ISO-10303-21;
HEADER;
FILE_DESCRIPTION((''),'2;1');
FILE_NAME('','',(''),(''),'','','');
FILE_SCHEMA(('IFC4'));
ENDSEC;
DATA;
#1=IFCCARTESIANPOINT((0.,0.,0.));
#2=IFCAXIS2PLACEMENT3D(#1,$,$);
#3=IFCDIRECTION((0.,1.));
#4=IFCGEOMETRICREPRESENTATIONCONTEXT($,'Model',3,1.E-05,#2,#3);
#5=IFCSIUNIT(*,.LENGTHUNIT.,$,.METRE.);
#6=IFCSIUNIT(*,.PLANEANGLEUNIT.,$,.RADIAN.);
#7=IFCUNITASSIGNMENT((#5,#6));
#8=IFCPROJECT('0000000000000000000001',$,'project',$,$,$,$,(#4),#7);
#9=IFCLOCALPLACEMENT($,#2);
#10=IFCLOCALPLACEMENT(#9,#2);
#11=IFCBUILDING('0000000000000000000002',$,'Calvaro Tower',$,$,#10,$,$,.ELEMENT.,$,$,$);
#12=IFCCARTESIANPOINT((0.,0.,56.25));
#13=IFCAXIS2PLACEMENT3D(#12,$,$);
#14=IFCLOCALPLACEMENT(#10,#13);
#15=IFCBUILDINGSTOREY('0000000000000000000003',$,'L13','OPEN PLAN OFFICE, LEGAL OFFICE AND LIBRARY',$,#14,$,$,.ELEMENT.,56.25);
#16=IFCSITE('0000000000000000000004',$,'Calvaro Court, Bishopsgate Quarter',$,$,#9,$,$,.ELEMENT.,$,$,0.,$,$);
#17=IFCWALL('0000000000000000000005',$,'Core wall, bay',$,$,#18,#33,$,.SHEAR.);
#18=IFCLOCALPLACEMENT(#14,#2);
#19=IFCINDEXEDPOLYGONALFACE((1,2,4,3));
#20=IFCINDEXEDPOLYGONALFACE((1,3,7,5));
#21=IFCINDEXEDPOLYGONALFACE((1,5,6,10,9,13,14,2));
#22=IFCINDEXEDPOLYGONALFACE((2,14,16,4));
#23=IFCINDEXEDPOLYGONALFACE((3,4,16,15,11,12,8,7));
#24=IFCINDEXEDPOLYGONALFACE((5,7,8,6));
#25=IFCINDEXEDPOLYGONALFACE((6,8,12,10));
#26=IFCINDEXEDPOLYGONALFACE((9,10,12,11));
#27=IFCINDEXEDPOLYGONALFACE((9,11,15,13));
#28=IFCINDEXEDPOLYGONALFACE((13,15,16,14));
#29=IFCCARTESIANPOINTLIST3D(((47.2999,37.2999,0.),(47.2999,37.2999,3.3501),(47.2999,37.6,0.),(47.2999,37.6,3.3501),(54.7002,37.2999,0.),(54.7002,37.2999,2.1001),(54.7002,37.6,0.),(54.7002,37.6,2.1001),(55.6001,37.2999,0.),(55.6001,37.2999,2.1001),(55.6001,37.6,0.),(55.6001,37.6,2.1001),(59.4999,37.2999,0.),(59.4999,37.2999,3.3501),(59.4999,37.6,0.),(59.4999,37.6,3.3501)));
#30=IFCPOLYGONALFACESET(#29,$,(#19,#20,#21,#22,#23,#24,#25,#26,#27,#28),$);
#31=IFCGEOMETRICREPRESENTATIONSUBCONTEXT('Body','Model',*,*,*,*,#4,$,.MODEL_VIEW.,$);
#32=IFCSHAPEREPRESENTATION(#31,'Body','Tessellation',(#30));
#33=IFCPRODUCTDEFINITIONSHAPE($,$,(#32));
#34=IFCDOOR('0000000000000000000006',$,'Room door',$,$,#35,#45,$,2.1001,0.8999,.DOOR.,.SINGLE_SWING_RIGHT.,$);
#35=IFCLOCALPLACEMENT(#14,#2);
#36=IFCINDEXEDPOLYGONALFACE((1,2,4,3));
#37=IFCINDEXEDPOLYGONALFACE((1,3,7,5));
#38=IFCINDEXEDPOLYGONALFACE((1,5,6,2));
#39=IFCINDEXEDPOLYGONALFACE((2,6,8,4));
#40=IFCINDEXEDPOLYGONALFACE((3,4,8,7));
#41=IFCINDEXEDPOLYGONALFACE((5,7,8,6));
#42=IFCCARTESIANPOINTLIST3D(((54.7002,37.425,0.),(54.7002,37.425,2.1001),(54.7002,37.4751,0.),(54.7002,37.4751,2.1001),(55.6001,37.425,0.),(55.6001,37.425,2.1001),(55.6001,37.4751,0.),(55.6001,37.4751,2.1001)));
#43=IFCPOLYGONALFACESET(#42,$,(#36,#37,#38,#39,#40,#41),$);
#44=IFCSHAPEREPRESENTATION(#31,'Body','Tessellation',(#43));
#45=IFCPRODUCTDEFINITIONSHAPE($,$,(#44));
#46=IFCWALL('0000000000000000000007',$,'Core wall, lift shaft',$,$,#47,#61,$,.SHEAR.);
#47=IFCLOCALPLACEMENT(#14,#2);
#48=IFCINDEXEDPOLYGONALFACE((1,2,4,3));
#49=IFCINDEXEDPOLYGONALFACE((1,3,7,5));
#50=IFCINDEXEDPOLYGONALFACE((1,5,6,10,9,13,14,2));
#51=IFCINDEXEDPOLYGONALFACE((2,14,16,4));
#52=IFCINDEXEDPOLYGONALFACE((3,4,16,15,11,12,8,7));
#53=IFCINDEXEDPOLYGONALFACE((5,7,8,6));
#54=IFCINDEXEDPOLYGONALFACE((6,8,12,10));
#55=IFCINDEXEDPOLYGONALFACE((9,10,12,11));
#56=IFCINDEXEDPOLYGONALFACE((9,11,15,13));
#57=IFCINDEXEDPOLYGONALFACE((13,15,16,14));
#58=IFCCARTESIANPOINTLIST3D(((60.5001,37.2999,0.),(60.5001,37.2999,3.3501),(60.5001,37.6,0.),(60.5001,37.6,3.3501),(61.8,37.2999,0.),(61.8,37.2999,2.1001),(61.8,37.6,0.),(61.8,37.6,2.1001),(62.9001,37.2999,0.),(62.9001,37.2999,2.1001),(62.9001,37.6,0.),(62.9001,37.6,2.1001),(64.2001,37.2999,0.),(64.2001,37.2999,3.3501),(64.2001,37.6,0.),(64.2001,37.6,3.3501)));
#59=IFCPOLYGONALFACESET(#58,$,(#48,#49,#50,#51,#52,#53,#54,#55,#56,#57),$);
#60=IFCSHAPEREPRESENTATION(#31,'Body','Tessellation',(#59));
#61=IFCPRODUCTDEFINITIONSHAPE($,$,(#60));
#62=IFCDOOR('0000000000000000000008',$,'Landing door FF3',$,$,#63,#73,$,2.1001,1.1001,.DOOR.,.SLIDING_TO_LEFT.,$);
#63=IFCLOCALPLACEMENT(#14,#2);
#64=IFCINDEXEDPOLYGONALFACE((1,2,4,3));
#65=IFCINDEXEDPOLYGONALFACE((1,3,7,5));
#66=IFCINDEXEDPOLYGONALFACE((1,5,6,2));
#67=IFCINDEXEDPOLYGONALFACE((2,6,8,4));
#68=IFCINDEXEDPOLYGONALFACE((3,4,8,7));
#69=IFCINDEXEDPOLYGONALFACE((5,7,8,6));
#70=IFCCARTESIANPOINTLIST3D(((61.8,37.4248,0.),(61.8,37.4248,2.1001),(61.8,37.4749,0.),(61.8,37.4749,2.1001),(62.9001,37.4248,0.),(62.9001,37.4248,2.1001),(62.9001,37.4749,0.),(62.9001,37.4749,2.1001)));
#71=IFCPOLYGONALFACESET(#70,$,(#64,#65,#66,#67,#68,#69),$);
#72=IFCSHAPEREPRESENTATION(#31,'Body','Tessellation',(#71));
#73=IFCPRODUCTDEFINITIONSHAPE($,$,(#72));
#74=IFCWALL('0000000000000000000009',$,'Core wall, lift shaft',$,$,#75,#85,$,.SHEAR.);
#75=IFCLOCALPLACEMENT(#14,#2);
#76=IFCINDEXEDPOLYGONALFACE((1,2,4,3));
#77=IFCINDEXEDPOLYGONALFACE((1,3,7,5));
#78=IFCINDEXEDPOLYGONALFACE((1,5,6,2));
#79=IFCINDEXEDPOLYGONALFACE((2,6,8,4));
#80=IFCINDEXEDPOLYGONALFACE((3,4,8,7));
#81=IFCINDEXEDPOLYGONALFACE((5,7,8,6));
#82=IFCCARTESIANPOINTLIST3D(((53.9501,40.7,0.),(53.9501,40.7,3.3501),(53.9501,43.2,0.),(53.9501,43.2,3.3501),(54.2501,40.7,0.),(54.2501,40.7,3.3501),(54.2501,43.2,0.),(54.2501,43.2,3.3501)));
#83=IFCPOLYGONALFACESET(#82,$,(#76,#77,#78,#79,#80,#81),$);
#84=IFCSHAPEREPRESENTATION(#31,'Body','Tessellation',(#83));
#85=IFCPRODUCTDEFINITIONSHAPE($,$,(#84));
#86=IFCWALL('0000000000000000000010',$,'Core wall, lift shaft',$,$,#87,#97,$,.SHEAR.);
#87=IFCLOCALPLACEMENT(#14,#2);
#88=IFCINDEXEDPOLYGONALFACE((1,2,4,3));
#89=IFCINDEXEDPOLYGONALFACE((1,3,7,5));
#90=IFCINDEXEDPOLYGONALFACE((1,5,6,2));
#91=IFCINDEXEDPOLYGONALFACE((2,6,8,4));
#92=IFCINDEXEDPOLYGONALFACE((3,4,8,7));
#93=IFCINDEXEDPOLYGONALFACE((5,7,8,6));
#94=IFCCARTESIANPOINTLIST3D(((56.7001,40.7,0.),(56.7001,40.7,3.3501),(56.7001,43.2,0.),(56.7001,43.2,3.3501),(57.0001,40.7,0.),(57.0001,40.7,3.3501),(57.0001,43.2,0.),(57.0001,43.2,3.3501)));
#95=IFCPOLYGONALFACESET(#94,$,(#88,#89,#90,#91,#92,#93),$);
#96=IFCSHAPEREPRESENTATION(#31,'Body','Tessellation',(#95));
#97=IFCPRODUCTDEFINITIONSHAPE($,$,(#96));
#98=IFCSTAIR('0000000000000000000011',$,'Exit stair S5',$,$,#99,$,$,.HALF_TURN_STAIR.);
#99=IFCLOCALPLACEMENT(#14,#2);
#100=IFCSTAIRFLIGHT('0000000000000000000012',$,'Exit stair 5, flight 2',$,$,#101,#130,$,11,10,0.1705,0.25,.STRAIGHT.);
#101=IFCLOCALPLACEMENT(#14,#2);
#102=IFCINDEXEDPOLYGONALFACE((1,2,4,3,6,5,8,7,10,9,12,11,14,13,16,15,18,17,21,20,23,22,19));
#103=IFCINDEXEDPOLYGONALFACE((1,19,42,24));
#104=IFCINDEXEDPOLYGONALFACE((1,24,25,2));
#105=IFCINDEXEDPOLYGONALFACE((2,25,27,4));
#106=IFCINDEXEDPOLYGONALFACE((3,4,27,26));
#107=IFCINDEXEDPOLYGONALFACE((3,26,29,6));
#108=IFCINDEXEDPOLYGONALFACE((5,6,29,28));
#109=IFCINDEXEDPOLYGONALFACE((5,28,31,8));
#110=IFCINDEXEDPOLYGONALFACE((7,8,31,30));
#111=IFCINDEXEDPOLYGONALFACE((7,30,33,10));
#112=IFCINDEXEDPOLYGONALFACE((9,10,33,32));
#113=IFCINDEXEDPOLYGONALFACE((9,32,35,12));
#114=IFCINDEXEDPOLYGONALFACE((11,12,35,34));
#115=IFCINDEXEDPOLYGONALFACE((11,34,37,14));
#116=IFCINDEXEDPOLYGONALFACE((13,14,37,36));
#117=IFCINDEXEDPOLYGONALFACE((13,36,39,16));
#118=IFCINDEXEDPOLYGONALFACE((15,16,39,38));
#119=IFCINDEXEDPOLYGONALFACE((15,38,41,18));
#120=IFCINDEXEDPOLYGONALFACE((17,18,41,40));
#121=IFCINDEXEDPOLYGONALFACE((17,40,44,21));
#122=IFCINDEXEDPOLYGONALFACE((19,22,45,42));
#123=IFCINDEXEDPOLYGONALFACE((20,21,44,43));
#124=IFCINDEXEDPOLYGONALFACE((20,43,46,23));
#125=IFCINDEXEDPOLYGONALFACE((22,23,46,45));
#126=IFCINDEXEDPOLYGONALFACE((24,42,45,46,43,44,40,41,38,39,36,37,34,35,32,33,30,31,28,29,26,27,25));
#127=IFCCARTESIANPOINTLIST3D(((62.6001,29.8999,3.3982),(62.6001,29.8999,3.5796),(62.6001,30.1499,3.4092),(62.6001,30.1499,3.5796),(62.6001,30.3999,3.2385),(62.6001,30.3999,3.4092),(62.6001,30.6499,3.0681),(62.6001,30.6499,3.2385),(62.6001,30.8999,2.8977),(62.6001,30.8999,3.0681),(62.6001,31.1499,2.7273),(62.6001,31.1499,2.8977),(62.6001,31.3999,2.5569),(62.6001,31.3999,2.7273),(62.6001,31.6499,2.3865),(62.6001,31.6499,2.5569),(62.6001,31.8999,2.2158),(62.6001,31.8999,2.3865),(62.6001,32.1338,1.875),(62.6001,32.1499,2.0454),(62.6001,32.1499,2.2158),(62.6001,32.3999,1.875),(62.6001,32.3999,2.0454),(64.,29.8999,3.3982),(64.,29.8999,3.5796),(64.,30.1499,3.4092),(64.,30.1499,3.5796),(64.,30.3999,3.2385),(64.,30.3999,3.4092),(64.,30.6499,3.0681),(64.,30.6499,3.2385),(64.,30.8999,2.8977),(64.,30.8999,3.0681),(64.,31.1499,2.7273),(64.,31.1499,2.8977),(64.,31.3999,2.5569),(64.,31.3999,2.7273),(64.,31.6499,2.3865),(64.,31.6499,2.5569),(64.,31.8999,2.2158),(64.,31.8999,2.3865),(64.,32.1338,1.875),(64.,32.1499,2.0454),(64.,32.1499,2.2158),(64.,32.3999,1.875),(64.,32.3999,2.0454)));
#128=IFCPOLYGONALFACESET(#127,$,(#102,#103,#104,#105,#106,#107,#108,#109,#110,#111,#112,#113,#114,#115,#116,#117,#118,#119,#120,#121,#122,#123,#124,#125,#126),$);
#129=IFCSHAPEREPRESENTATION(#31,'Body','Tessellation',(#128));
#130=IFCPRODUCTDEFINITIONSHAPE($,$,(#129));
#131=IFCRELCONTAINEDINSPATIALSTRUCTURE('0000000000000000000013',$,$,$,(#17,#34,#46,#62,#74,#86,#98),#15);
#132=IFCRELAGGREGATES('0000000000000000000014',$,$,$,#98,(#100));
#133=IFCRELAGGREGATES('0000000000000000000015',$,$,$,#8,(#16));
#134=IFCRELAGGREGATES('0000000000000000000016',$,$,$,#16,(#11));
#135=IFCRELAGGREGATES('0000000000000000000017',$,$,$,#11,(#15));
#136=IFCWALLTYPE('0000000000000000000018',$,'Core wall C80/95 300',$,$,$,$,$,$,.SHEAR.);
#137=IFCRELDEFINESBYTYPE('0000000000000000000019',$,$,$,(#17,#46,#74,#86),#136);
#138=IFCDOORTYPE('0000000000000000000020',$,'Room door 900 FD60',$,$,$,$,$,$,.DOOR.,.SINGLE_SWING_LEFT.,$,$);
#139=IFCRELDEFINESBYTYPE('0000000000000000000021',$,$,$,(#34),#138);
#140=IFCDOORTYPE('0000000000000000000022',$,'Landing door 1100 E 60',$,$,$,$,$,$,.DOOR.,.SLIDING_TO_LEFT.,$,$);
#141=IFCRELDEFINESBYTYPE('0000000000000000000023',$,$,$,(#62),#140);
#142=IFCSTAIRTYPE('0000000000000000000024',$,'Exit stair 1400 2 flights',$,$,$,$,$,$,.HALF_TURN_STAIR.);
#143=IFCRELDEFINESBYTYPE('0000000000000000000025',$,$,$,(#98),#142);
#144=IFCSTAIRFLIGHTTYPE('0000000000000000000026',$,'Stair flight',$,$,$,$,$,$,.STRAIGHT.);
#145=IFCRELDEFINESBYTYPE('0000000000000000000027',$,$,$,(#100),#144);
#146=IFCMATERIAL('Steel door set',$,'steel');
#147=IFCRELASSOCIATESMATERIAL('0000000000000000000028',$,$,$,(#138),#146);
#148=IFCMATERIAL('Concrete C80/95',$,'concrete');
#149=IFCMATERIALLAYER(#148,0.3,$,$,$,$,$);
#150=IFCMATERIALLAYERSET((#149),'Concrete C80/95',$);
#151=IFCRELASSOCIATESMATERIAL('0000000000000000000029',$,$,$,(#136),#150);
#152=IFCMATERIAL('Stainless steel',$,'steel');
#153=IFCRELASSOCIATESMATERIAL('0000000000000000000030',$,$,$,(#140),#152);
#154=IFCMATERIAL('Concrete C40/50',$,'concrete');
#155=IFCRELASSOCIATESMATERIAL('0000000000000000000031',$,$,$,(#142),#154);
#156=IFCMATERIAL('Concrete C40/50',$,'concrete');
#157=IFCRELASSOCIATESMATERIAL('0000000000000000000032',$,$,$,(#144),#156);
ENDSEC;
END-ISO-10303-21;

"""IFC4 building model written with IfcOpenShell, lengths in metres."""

from ifc_helpers import new_model, si_unit, direction, frame, frame_2d, origin, place, context, subcontext, project, spatial, polyline, rectangle, outline, extrude, material, layer, layer_set, type_object, element, fill, aggregate, save


model = new_model("IFC4")

# Units and contexts
model_context = context("Model", 3, precision=1e-05, world=origin(), true_north=direction((0.0, 1.0)))
body_context = subcontext(model_context, "Body", "Model", "MODEL_VIEW")
ifc_project = project(units=[si_unit("LENGTHUNIT", "METRE"), si_unit("PLANEANGLEUNIT", "RADIAN")], contexts=[model_context])

# Site, building, storey
site_placement = place(None, origin())
site = spatial("IfcSite", under=ifc_project, at=site_placement, Name="Calvaro Court, Bishopsgate Quarter", CompositionType="ELEMENT", RefElevation=0.0)
building_placement = place(site_placement, origin())
building = spatial("IfcBuilding", under=site, at=building_placement, Name="Calvaro Tower", CompositionType="ELEMENT")
storey_placement = place(building_placement, frame((0.0, 0.0, 56.25)))
storey = spatial("IfcBuildingStorey", under=building, at=storey_placement, Name="L13", Description="OPEN PLAN OFFICE, LEGAL OFFICE AND LIBRARY", CompositionType="ELEMENT", Elevation=56.25)

# Shared definitions
ifc_material_1 = material(Name="Steel door set", Category="steel")
door_type_1 = type_object("IfcDoorType", Name="Room door 900 FD60", OperationType="SINGLE_SWING_LEFT", PredefinedType="DOOR", material=ifc_material_1)

# Shared definitions
ifc_material_2 = material(Name="Concrete C80/95", Category="concrete")
ifc_layer_1 = layer(ifc_material_2, 0.3)
ifc_layer_set_1 = layer_set([ifc_layer_1], Name="Concrete C80/95")
wall_type_1 = type_object("IfcWallType", Name="Core wall C80/95 300", PredefinedType="SHEAR", material=ifc_layer_set_1)

# Walls, openings, doors
wall_1_placement = place(storey_placement, frame((59.5, 37.45, 0.0), z_axis=(0.0, 0.0, 1.0), x_axis=(-1.0, 0.0, 0.0)))
wall_1 = element("IfcWall", 1, at=wall_1_placement, inside=storey, type_object=wall_type_1, Name="Core wall, bay", PredefinedType="SHEAR", context=body_context, shape_type="SweptSolid", body=[
    extrude(rectangle(XDim=12.2, YDim=0.3, at=frame_2d((6.1001, 0.0))), origin(), (0.0, 0.0, 1.0), 3.3501),
])
opening_1_placement = place(wall_1_placement, frame((3.8999, 0.0, 0.0)))
opening_1 = element("IfcOpeningElement", 2, at=opening_1_placement, cuts=wall_1, PredefinedType="OPENING", context=body_context, shape_type="SweptSolid", body=[
    extrude(rectangle(XDim=0.8999, YDim=2.1001, at=frame_2d((0.45, 1.05))), frame((0.0, 0.1599, 0.0), z_axis=(0.0, -1.0, 0.0), x_axis=(1.0, 0.0, 0.0)), (0.0, 0.0, 1.0), 0.3201),
])
door_1_placement = place(opening_1_placement, origin())
door_1 = element("IfcDoor", 3, at=door_1_placement, inside=storey, type_object=door_type_1, Name="Room door", OperationType="SINGLE_SWING_RIGHT", OverallHeight=2.1001, OverallWidth=0.8999, PredefinedType="DOOR", context=body_context, shape_type="SweptSolid", body=[
    extrude(rectangle(XDim=0.8999, YDim=2.1001, at=frame_2d((0.45, 1.05))), frame((0.0, 0.0249, 0.0), z_axis=(0.0, -1.0, 0.0), x_axis=(1.0, 0.0, 0.0)), (0.0, 0.0, 1.0), 0.05),
])
fill(opening_1, door_1)
wall_2_placement = place(storey_placement, frame((60.5, 37.45, 0.0), z_axis=(0.0, 0.0, 1.0), x_axis=(1.0, 0.0, 0.0)))
wall_2 = element("IfcWall", 4, at=wall_2_placement, inside=storey, type_object=wall_type_1, Name="Core wall, lift shaft", PredefinedType="SHEAR", context=body_context, shape_type="SweptSolid", body=[
    extrude(rectangle(XDim=3.7, YDim=0.3, at=frame_2d((1.8501, 0.0))), origin(), (0.0, 0.0, 1.0), 3.3501),
])
opening_2_placement = place(wall_2_placement, frame((1.3, 0.0, 0.0)))
opening_2 = element("IfcOpeningElement", 5, at=opening_2_placement, cuts=wall_2, PredefinedType="OPENING", context=body_context, shape_type="SweptSolid", body=[
    extrude(rectangle(XDim=1.1001, YDim=2.1001, at=frame_2d((0.55, 1.05))), frame((0.0, 0.1599, 0.0), z_axis=(0.0, -1.0, 0.0), x_axis=(1.0, 0.0, 0.0)), (0.0, 0.0, 1.0), 0.3201),
])
ifc_material_3 = material(Name="Stainless steel", Category="steel")
door_type_2 = type_object("IfcDoorType", Name="Landing door 1100 E 60", OperationType="SLIDING_TO_LEFT", PredefinedType="DOOR", material=ifc_material_3)
door_2_placement = place(opening_2_placement, origin())
door_2 = element("IfcDoor", 6, at=door_2_placement, inside=storey, type_object=door_type_2, Name="Landing door FF3", OperationType="SLIDING_TO_LEFT", OverallHeight=2.1001, OverallWidth=1.1001, PredefinedType="DOOR", context=body_context, shape_type="SweptSolid", body=[
    extrude(rectangle(XDim=1.1001, YDim=2.1001, at=frame_2d((0.55, 1.05))), frame((0.0, 0.0249, 0.0), z_axis=(0.0, -1.0, 0.0), x_axis=(1.0, 0.0, 0.0)), (0.0, 0.0, 1.0), 0.05),
])
fill(opening_2, door_2)

# Walls
for number, where, z_axis, x_axis, name in (
    (7, (54.1001, 40.7, 0.0), (0.0, 0.0, 1.0), (0.0, 1.0, 0.0), "Core wall, lift shaft"),
    (8, (56.8501, 40.7, 0.0), (0.0, 0.0, 1.0), (0.0, 1.0, 0.0), "Core wall, lift shaft"),
):
    element("IfcWall", number, at=place(storey_placement, frame(where, z_axis=z_axis, x_axis=x_axis)), inside=storey, type_object=wall_type_1, Name=name, PredefinedType="SHEAR", context=body_context, shape_type="SweptSolid", body=[
        extrude(rectangle(XDim=2.5, YDim=0.3, at=frame_2d((1.25, 0.0))), origin(), (0.0, 0.0, 1.0), 3.3501),
    ])

# Stair, stair flight
ifc_material_4 = material(Name="Concrete C40/50", Category="concrete")
stair_type = type_object("IfcStairType", Name="Exit stair 1400 2 flights", PredefinedType="HALF_TURN_STAIR", material=ifc_material_4)
stair_1_placement = place(storey_placement, origin())
stair_1 = element("IfcStair", 9, at=stair_1_placement, inside=storey, type_object=stair_type, Name="Exit stair S5", PredefinedType="HALF_TURN_STAIR")
ifc_material_5 = material(Name="Concrete C40/50", Category="concrete")
stair_flight_type = type_object("IfcStairFlightType", Name="Stair flight", PredefinedType="STRAIGHT", material=ifc_material_5)
stair_flight_placement = place(storey_placement, frame((63.3, 32.3999, 1.875), z_axis=(0.0, 0.0, 1.0), x_axis=(0.0, -1.0, 0.0)))
stair_flight = element("IfcStairFlight", 10, at=stair_flight_placement, type_object=stair_flight_type, Name="Exit stair 5, flight 2", NumberOfRisers=11, NumberOfTreads=10, PredefinedType="STRAIGHT", RiserHeight=0.1705, TreadLength=0.25, context=body_context, shape_type="SweptSolid", body=[
    extrude(outline(polyline([(0.0, 0.0), (0.0, 0.1704), (0.25, 0.1704), (0.25, 0.3408), (0.5, 0.3408), (0.5, 0.5115), (0.75, 0.5115), (0.75, 0.6819), (1.0, 0.6819), (1.0, 0.8523), (1.25, 0.8523), (1.25, 1.0227), (1.5, 1.0227), (1.5, 1.1931), (1.75, 1.1931), (1.75, 1.3635), (2.0, 1.3635), (2.0, 1.5342), (2.25, 1.5342), (2.25, 1.7046), (2.5, 1.7046), (2.5, 1.875), (2.5, 1.5232), (0.2661, 0.0), (0.0, 0.0)])), frame((0.0, 0.7, 0.0), z_axis=(0.0, -1.0, 0.0), x_axis=(1.0, 0.0, 0.0)), (0.0, 0.0, 1.0), 1.3999),
])

aggregate(stair_1, [stair_flight])

save(model, "model.ifc")
